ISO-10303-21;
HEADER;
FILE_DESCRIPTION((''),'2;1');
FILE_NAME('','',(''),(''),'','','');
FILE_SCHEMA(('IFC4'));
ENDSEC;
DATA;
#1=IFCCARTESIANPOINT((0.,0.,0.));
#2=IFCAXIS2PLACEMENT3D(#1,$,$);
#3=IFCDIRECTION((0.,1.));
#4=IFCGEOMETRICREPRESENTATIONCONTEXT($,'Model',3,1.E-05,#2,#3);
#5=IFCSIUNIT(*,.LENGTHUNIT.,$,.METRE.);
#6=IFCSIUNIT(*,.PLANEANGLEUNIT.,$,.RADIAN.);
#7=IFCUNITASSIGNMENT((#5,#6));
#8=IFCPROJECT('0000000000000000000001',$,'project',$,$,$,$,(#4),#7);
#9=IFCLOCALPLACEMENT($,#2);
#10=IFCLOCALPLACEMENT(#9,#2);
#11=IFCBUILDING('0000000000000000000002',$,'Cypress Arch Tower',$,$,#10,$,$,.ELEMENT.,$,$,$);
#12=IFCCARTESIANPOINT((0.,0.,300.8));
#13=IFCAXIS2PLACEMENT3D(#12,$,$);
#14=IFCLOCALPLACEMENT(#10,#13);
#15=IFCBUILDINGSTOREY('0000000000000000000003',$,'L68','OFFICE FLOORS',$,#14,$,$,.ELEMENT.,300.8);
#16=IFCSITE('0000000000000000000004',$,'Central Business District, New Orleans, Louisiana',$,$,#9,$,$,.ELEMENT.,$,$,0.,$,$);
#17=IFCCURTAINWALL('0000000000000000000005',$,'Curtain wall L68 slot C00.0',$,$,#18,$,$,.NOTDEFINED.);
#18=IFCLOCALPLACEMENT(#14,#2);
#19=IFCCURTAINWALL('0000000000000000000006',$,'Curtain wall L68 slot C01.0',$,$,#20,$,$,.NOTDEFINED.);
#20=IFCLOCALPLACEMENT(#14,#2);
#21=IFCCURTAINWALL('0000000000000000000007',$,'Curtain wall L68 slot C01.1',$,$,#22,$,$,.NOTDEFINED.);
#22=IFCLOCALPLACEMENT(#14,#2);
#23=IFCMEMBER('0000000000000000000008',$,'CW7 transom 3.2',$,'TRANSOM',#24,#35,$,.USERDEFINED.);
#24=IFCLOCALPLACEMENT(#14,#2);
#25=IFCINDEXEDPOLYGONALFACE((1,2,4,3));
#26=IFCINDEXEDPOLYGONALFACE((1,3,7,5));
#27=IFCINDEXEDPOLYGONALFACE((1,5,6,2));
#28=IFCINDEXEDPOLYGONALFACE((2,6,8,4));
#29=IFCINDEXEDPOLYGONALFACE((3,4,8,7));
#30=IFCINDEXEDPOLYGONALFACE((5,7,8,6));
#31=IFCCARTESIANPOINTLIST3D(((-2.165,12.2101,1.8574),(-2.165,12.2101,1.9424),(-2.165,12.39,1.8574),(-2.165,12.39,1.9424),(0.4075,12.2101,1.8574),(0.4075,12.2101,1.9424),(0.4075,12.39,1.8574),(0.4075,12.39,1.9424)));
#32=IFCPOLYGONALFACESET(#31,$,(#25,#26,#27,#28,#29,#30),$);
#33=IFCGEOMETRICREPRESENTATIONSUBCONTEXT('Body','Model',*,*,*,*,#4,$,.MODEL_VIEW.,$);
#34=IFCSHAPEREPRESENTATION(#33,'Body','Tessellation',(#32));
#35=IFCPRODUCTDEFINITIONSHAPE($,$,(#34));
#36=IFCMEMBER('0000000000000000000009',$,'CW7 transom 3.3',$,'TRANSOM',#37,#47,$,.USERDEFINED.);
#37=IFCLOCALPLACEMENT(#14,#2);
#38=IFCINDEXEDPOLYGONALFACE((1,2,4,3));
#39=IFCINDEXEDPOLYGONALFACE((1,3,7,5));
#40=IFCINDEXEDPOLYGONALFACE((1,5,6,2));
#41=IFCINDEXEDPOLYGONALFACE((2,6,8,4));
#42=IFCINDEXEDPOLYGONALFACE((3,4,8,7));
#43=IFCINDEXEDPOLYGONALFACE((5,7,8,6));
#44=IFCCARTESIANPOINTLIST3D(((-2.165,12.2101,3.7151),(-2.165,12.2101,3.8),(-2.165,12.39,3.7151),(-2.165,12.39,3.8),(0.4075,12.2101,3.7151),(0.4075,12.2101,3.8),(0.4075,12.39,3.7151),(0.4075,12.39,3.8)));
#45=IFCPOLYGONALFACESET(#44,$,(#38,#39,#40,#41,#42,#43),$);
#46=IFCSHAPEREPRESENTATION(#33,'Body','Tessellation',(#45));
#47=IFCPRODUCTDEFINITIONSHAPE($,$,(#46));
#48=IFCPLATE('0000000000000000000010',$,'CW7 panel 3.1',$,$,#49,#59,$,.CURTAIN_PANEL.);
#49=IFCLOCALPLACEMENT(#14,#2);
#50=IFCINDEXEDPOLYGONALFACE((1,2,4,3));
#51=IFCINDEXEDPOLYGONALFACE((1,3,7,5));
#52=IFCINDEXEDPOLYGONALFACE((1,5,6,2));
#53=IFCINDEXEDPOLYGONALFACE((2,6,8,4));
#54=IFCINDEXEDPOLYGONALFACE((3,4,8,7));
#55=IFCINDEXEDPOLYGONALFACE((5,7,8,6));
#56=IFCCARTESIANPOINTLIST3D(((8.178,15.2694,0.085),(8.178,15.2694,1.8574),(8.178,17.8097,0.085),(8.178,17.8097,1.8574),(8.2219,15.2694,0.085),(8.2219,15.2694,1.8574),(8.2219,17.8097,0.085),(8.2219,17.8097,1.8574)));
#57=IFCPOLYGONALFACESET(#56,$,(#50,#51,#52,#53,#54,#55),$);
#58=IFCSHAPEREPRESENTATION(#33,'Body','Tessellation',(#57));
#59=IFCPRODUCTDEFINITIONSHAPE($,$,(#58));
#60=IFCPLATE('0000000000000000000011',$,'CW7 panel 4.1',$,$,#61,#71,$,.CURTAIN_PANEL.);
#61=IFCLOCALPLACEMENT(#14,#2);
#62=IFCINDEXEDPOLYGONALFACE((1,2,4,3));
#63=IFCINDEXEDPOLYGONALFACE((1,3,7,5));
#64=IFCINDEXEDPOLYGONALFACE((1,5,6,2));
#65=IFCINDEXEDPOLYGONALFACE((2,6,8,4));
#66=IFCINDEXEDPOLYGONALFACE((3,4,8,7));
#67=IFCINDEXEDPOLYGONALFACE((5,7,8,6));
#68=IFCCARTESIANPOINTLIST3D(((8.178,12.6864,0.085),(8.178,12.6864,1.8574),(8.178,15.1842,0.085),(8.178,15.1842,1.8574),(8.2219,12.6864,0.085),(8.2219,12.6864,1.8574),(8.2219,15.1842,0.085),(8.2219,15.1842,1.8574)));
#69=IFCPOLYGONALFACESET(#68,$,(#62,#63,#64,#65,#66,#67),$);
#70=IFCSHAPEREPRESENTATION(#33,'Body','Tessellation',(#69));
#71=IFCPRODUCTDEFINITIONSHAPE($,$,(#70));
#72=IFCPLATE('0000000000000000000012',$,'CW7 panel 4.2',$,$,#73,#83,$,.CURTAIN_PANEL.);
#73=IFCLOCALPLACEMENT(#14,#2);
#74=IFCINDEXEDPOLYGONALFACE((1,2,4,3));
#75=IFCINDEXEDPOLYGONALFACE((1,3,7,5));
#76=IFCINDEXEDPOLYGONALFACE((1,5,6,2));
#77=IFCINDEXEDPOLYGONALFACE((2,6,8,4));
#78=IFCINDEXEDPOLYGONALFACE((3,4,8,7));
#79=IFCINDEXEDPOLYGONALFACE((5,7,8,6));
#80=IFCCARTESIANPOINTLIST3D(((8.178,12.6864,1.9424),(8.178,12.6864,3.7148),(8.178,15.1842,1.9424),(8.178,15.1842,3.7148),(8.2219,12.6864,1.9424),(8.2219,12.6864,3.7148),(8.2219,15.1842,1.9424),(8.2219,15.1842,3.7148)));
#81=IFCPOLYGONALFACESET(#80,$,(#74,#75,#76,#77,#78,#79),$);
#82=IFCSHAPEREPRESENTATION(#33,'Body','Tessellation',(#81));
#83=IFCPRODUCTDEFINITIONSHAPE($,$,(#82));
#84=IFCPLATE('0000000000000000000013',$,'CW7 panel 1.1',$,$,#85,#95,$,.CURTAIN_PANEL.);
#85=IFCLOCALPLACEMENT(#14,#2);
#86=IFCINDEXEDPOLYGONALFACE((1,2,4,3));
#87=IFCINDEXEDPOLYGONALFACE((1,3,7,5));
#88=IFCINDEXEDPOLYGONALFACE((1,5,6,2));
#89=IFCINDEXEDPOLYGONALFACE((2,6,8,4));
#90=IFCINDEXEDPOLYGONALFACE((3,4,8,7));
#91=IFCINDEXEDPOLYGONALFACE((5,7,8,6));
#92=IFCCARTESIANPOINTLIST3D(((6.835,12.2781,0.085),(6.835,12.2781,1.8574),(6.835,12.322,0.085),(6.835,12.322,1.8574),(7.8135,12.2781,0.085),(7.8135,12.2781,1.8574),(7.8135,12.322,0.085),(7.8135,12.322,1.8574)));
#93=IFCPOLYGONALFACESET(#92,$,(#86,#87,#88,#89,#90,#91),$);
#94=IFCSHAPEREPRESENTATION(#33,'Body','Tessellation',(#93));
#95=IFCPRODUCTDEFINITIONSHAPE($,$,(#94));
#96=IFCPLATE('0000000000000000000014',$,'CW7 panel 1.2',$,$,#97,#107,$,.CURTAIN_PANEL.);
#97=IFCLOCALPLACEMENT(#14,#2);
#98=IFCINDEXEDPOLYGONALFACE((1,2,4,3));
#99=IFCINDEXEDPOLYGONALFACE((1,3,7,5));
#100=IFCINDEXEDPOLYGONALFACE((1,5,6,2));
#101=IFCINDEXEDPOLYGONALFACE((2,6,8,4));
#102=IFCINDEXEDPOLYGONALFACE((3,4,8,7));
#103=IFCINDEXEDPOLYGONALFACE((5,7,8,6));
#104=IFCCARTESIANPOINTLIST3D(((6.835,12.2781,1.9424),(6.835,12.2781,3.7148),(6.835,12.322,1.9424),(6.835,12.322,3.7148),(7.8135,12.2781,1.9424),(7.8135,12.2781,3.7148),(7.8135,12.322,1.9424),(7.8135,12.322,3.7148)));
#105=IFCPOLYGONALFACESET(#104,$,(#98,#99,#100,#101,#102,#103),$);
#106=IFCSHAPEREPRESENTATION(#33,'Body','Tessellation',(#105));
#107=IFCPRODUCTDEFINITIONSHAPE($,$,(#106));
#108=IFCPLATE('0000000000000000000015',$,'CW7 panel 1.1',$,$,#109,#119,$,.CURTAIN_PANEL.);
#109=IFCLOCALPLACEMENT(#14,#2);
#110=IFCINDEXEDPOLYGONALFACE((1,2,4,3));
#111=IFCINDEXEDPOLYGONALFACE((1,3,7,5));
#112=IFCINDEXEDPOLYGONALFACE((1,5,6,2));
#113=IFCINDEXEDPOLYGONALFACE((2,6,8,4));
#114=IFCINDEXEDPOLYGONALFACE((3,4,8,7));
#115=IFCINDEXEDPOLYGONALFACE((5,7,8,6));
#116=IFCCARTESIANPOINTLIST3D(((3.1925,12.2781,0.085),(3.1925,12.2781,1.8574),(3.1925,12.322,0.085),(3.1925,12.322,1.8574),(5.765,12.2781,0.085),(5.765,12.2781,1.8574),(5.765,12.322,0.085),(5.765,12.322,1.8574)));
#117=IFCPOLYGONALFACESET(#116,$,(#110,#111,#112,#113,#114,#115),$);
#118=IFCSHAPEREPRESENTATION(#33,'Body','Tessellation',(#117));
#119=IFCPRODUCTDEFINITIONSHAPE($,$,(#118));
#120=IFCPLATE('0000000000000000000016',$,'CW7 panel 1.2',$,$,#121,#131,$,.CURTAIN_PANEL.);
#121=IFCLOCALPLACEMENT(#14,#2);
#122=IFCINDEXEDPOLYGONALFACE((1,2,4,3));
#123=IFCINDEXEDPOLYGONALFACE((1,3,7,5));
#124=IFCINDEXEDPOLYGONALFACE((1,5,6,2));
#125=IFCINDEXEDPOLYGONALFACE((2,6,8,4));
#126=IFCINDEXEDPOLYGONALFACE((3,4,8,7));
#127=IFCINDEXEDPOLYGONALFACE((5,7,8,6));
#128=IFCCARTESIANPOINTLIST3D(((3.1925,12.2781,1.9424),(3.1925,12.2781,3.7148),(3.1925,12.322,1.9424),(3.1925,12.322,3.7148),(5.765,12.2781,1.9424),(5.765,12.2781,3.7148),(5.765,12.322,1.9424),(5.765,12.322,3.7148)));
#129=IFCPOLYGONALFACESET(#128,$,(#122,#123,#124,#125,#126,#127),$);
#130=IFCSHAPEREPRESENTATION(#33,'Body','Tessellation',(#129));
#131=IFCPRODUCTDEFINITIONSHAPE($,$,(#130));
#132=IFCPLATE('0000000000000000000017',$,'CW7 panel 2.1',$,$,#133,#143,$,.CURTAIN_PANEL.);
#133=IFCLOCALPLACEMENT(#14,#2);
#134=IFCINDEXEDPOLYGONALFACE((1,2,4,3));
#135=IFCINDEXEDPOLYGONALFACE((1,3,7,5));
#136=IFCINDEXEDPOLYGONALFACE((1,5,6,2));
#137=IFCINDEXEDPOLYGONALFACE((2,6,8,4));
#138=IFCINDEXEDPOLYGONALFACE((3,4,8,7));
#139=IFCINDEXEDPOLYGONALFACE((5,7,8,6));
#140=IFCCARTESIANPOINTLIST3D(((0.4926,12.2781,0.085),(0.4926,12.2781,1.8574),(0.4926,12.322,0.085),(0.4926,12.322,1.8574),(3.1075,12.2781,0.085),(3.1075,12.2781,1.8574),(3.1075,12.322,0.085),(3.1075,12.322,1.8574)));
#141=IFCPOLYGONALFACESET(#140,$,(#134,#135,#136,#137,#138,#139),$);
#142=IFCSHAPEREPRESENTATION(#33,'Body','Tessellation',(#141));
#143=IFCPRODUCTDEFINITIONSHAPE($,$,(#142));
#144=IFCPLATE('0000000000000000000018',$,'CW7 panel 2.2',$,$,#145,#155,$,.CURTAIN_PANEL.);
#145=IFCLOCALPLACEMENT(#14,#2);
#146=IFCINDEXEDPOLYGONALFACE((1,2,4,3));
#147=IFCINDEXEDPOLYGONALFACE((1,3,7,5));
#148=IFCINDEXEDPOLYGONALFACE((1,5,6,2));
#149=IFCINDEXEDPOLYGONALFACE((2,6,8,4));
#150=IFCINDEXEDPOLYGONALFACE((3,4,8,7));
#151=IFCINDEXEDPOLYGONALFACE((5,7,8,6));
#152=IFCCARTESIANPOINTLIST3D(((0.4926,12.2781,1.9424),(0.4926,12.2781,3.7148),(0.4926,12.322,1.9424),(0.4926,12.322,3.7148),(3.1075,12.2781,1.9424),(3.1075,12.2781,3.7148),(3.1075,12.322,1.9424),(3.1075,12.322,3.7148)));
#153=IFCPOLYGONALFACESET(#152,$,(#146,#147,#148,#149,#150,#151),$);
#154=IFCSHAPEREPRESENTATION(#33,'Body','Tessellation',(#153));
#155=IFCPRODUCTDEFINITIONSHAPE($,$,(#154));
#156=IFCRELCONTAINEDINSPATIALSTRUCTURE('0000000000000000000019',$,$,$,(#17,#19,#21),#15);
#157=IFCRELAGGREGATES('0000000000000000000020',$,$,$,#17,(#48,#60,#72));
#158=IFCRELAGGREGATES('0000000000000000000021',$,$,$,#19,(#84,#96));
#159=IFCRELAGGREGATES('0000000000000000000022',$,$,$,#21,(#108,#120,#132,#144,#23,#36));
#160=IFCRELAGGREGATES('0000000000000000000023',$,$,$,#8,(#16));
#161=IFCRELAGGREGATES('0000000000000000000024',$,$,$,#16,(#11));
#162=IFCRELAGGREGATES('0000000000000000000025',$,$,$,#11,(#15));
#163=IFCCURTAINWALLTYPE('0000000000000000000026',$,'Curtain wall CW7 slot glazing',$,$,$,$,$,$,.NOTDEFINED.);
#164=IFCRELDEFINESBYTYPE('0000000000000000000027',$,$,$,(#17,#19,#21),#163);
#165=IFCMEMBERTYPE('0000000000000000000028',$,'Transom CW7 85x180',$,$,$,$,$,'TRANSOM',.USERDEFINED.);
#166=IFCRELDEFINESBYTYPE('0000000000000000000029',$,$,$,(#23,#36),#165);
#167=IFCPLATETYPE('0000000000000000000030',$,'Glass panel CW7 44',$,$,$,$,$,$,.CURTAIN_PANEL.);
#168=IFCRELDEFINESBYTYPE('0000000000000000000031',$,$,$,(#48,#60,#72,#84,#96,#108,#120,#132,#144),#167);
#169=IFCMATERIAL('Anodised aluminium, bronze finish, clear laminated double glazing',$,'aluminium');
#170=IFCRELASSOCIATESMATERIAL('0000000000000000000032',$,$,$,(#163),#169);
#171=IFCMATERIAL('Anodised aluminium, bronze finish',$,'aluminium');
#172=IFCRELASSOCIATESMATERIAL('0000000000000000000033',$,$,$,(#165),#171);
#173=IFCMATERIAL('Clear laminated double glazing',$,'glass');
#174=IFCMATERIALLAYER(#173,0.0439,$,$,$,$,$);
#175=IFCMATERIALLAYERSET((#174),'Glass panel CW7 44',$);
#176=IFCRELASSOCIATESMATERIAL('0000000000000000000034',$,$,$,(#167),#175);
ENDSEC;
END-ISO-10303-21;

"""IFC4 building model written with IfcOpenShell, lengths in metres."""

from ifc_helpers import new_model, si_unit, direction, frame, origin, origin_2d, place, context, subcontext, project, spatial, rectangle, extrude, material, layer, layer_set, material_profile, profile_set, type_object, element, aggregate, save


model = new_model("IFC4")

# Units and contexts
model_context = context("Model", 3, precision=1e-05, world=origin(), true_north=direction((0.0, 1.0)))
body_context = subcontext(model_context, "Body", "Model", "MODEL_VIEW")
ifc_project = project(units=[si_unit("LENGTHUNIT", "METRE"), si_unit("PLANEANGLEUNIT", "RADIAN")], contexts=[model_context])

# Site, building, storey
site_placement = place(None, origin())
site = spatial("IfcSite", under=ifc_project, at=site_placement, Name="Central Business District, New Orleans, Louisiana", CompositionType="ELEMENT", RefElevation=0.0)
building_placement = place(site_placement, origin())
building = spatial("IfcBuilding", under=site, at=building_placement, Name="Cypress Arch Tower", CompositionType="ELEMENT")
storey_placement = place(building_placement, frame((0.0, 0.0, 300.8)))
storey = spatial("IfcBuildingStorey", under=building, at=storey_placement, Name="L68", Description="OFFICE FLOORS", CompositionType="ELEMENT", Elevation=300.8)

# Curtain walls
ifc_material_1 = material(Name="Anodised aluminium, bronze finish, clear laminated double glazing", Category="aluminium")
curtain_wall_type = type_object("IfcCurtainWallType", Name="Curtain wall CW7 slot glazing", PredefinedType="NOTDEFINED", material=ifc_material_1)
curtain_wall_1_placement = place(storey_placement, origin())
curtain_wall_1 = element("IfcCurtainWall", 1, at=curtain_wall_1_placement, inside=storey, type_object=curtain_wall_type, Name="Curtain wall L68 slot C00.0", PredefinedType="NOTDEFINED")
curtain_wall_2_placement = place(storey_placement, origin())
curtain_wall_2 = element("IfcCurtainWall", 2, at=curtain_wall_2_placement, inside=storey, type_object=curtain_wall_type, Name="Curtain wall L68 slot C01.0", PredefinedType="NOTDEFINED")
curtain_wall_3_placement = place(storey_placement, origin())
curtain_wall_3 = element("IfcCurtainWall", 3, at=curtain_wall_3_placement, inside=storey, type_object=curtain_wall_type, Name="Curtain wall L68 slot C01.1", PredefinedType="NOTDEFINED")

# Members
ifc_material_2 = material(Name="Anodised aluminium, bronze finish", Category="aluminium")
ifc_material_profile_1 = material_profile(ifc_material_2, rectangle(XDim=0.1799, YDim=0.085, at=origin_2d()), Name="Transom 85x180")
ifc_profile_set_1 = profile_set([ifc_material_profile_1], Name="Anodised aluminium, bronze finish")
member_type_1 = type_object("IfcMemberType", Name="Transom CW7 85x180", ElementType="TRANSOM", PredefinedType="USERDEFINED", material=ifc_profile_set_1)
member_1_placement = place(storey_placement, frame((0.4075, 12.3, 1.8999), z_axis=(-1.0, 0.0, 0.0), x_axis=(0.0, -1.0, 0.0)))
member_1 = element("IfcMember", 4, at=member_1_placement, type_object=member_type_1, Name="CW7 transom 3.2", ObjectType="TRANSOM", PredefinedType="USERDEFINED", context=body_context, shape_type="SweptSolid", body=[
    extrude(rectangle(XDim=0.1799, YDim=0.085, at=origin_2d()), origin(), (0.0, 0.0, 1.0), 2.5725),
])
member_2_placement = place(storey_placement, frame((0.4075, 12.3, 3.7576), z_axis=(-1.0, 0.0, 0.0), x_axis=(0.0, -1.0, 0.0)))
member_2 = element("IfcMember", 5, at=member_2_placement, type_object=member_type_1, Name="CW7 transom 3.3", ObjectType="TRANSOM", PredefinedType="USERDEFINED", context=body_context, shape_type="SweptSolid", body=[
    extrude(rectangle(XDim=0.1799, YDim=0.085, at=origin_2d()), origin(), (0.0, 0.0, 1.0), 2.5725),
])

# Plates
ifc_material_3 = material(Name="Clear laminated double glazing", Category="glass")
ifc_layer = layer(ifc_material_3, 0.0439)
ifc_layer_set = layer_set([ifc_layer], Name="Glass panel CW7 44")
plate_type = type_object("IfcPlateType", Name="Glass panel CW7 44", PredefinedType="CURTAIN_PANEL", material=ifc_layer_set)
plate_1_placement = place(storey_placement, frame((8.2, 16.5396, 0.085), z_axis=(0.0, 0.0, 1.0), x_axis=(0.0, -1.0, 0.0)))
plate_1 = element("IfcPlate", 6, at=plate_1_placement, type_object=plate_type, Name="CW7 panel 3.1", PredefinedType="CURTAIN_PANEL", context=body_context, shape_type="SweptSolid", body=[
    extrude(rectangle(XDim=2.5403, YDim=0.0439, at=origin_2d()), origin(), (0.0, 0.0, 1.0), 1.7725),
])
plate_2_placement = place(storey_placement, frame((8.2, 13.9353, 0.085), z_axis=(0.0, 0.0, 1.0), x_axis=(0.0, -1.0, 0.0)))
plate_2 = element("IfcPlate", 7, at=plate_2_placement, type_object=plate_type, Name="CW7 panel 4.1", PredefinedType="CURTAIN_PANEL", context=body_context, shape_type="SweptSolid", body=[
    extrude(rectangle(XDim=2.4978, YDim=0.0439, at=origin_2d()), origin(), (0.0, 0.0, 1.0), 1.7725),
])
plate_3_placement = place(storey_placement, frame((8.2, 13.9353, 1.9424), z_axis=(0.0, 0.0, 1.0), x_axis=(0.0, -1.0, 0.0)))
plate_3 = element("IfcPlate", 8, at=plate_3_placement, type_object=plate_type, Name="CW7 panel 4.2", PredefinedType="CURTAIN_PANEL", context=body_context, shape_type="SweptSolid", body=[
    extrude(rectangle(XDim=2.4978, YDim=0.0439, at=origin_2d()), origin(), (0.0, 0.0, 1.0), 1.7725),
])
aggregate(curtain_wall_1, [plate_1, plate_2, plate_3])
plate_4_placement = place(storey_placement, frame((7.3242, 12.3, 0.085), z_axis=(0.0, 0.0, 1.0), x_axis=(-1.0, 0.0, 0.0)))
plate_4 = element("IfcPlate", 9, at=plate_4_placement, type_object=plate_type, Name="CW7 panel 1.1", PredefinedType="CURTAIN_PANEL", context=body_context, shape_type="SweptSolid", body=[
    extrude(rectangle(XDim=0.9785, YDim=0.0439, at=origin_2d()), origin(), (0.0, 0.0, 1.0), 1.7725),
])
plate_5_placement = place(storey_placement, frame((7.3242, 12.3, 1.9424), z_axis=(0.0, 0.0, 1.0), x_axis=(-1.0, 0.0, 0.0)))
plate_5 = element("IfcPlate", 10, at=plate_5_placement, type_object=plate_type, Name="CW7 panel 1.2", PredefinedType="CURTAIN_PANEL", context=body_context, shape_type="SweptSolid", body=[
    extrude(rectangle(XDim=0.9785, YDim=0.0439, at=origin_2d()), origin(), (0.0, 0.0, 1.0), 1.7725),
])
aggregate(curtain_wall_2, [plate_4, plate_5])
plate_6_placement = place(storey_placement, frame((4.4788, 12.3, 0.085), z_axis=(0.0, 0.0, 1.0), x_axis=(-1.0, 0.0, 0.0)))
plate_6 = element("IfcPlate", 11, at=plate_6_placement, type_object=plate_type, Name="CW7 panel 1.1", PredefinedType="CURTAIN_PANEL", context=body_context, shape_type="SweptSolid", body=[
    extrude(rectangle(XDim=2.5725, YDim=0.0439, at=origin_2d()), origin(), (0.0, 0.0, 1.0), 1.7725),
])
plate_7_placement = place(storey_placement, frame((4.4788, 12.3, 1.9424), z_axis=(0.0, 0.0, 1.0), x_axis=(-1.0, 0.0, 0.0)))
plate_7 = element("IfcPlate", 12, at=plate_7_placement, type_object=plate_type, Name="CW7 panel 1.2", PredefinedType="CURTAIN_PANEL", context=body_context, shape_type="SweptSolid", body=[
    extrude(rectangle(XDim=2.5725, YDim=0.0439, at=origin_2d()), origin(), (0.0, 0.0, 1.0), 1.7725),
])
plate_8_placement = place(storey_placement, frame((1.8, 12.3, 0.085), z_axis=(0.0, 0.0, 1.0), x_axis=(-1.0, 0.0, 0.0)))
plate_8 = element("IfcPlate", 13, at=plate_8_placement, type_object=plate_type, Name="CW7 panel 2.1", PredefinedType="CURTAIN_PANEL", context=body_context, shape_type="SweptSolid", body=[
    extrude(rectangle(XDim=2.615, YDim=0.0439, at=origin_2d()), origin(), (0.0, 0.0, 1.0), 1.7725),
])
plate_9_placement = place(storey_placement, frame((1.8, 12.3, 1.9424), z_axis=(0.0, 0.0, 1.0), x_axis=(-1.0, 0.0, 0.0)))
plate_9 = element("IfcPlate", 14, at=plate_9_placement, type_object=plate_type, Name="CW7 panel 2.2", PredefinedType="CURTAIN_PANEL", context=body_context, shape_type="SweptSolid", body=[
    extrude(rectangle(XDim=2.615, YDim=0.0439, at=origin_2d()), origin(), (0.0, 0.0, 1.0), 1.7725),
])
aggregate(curtain_wall_3, [plate_6, plate_7, plate_8, plate_9, member_1, member_2])

save(model, "model.ifc")
